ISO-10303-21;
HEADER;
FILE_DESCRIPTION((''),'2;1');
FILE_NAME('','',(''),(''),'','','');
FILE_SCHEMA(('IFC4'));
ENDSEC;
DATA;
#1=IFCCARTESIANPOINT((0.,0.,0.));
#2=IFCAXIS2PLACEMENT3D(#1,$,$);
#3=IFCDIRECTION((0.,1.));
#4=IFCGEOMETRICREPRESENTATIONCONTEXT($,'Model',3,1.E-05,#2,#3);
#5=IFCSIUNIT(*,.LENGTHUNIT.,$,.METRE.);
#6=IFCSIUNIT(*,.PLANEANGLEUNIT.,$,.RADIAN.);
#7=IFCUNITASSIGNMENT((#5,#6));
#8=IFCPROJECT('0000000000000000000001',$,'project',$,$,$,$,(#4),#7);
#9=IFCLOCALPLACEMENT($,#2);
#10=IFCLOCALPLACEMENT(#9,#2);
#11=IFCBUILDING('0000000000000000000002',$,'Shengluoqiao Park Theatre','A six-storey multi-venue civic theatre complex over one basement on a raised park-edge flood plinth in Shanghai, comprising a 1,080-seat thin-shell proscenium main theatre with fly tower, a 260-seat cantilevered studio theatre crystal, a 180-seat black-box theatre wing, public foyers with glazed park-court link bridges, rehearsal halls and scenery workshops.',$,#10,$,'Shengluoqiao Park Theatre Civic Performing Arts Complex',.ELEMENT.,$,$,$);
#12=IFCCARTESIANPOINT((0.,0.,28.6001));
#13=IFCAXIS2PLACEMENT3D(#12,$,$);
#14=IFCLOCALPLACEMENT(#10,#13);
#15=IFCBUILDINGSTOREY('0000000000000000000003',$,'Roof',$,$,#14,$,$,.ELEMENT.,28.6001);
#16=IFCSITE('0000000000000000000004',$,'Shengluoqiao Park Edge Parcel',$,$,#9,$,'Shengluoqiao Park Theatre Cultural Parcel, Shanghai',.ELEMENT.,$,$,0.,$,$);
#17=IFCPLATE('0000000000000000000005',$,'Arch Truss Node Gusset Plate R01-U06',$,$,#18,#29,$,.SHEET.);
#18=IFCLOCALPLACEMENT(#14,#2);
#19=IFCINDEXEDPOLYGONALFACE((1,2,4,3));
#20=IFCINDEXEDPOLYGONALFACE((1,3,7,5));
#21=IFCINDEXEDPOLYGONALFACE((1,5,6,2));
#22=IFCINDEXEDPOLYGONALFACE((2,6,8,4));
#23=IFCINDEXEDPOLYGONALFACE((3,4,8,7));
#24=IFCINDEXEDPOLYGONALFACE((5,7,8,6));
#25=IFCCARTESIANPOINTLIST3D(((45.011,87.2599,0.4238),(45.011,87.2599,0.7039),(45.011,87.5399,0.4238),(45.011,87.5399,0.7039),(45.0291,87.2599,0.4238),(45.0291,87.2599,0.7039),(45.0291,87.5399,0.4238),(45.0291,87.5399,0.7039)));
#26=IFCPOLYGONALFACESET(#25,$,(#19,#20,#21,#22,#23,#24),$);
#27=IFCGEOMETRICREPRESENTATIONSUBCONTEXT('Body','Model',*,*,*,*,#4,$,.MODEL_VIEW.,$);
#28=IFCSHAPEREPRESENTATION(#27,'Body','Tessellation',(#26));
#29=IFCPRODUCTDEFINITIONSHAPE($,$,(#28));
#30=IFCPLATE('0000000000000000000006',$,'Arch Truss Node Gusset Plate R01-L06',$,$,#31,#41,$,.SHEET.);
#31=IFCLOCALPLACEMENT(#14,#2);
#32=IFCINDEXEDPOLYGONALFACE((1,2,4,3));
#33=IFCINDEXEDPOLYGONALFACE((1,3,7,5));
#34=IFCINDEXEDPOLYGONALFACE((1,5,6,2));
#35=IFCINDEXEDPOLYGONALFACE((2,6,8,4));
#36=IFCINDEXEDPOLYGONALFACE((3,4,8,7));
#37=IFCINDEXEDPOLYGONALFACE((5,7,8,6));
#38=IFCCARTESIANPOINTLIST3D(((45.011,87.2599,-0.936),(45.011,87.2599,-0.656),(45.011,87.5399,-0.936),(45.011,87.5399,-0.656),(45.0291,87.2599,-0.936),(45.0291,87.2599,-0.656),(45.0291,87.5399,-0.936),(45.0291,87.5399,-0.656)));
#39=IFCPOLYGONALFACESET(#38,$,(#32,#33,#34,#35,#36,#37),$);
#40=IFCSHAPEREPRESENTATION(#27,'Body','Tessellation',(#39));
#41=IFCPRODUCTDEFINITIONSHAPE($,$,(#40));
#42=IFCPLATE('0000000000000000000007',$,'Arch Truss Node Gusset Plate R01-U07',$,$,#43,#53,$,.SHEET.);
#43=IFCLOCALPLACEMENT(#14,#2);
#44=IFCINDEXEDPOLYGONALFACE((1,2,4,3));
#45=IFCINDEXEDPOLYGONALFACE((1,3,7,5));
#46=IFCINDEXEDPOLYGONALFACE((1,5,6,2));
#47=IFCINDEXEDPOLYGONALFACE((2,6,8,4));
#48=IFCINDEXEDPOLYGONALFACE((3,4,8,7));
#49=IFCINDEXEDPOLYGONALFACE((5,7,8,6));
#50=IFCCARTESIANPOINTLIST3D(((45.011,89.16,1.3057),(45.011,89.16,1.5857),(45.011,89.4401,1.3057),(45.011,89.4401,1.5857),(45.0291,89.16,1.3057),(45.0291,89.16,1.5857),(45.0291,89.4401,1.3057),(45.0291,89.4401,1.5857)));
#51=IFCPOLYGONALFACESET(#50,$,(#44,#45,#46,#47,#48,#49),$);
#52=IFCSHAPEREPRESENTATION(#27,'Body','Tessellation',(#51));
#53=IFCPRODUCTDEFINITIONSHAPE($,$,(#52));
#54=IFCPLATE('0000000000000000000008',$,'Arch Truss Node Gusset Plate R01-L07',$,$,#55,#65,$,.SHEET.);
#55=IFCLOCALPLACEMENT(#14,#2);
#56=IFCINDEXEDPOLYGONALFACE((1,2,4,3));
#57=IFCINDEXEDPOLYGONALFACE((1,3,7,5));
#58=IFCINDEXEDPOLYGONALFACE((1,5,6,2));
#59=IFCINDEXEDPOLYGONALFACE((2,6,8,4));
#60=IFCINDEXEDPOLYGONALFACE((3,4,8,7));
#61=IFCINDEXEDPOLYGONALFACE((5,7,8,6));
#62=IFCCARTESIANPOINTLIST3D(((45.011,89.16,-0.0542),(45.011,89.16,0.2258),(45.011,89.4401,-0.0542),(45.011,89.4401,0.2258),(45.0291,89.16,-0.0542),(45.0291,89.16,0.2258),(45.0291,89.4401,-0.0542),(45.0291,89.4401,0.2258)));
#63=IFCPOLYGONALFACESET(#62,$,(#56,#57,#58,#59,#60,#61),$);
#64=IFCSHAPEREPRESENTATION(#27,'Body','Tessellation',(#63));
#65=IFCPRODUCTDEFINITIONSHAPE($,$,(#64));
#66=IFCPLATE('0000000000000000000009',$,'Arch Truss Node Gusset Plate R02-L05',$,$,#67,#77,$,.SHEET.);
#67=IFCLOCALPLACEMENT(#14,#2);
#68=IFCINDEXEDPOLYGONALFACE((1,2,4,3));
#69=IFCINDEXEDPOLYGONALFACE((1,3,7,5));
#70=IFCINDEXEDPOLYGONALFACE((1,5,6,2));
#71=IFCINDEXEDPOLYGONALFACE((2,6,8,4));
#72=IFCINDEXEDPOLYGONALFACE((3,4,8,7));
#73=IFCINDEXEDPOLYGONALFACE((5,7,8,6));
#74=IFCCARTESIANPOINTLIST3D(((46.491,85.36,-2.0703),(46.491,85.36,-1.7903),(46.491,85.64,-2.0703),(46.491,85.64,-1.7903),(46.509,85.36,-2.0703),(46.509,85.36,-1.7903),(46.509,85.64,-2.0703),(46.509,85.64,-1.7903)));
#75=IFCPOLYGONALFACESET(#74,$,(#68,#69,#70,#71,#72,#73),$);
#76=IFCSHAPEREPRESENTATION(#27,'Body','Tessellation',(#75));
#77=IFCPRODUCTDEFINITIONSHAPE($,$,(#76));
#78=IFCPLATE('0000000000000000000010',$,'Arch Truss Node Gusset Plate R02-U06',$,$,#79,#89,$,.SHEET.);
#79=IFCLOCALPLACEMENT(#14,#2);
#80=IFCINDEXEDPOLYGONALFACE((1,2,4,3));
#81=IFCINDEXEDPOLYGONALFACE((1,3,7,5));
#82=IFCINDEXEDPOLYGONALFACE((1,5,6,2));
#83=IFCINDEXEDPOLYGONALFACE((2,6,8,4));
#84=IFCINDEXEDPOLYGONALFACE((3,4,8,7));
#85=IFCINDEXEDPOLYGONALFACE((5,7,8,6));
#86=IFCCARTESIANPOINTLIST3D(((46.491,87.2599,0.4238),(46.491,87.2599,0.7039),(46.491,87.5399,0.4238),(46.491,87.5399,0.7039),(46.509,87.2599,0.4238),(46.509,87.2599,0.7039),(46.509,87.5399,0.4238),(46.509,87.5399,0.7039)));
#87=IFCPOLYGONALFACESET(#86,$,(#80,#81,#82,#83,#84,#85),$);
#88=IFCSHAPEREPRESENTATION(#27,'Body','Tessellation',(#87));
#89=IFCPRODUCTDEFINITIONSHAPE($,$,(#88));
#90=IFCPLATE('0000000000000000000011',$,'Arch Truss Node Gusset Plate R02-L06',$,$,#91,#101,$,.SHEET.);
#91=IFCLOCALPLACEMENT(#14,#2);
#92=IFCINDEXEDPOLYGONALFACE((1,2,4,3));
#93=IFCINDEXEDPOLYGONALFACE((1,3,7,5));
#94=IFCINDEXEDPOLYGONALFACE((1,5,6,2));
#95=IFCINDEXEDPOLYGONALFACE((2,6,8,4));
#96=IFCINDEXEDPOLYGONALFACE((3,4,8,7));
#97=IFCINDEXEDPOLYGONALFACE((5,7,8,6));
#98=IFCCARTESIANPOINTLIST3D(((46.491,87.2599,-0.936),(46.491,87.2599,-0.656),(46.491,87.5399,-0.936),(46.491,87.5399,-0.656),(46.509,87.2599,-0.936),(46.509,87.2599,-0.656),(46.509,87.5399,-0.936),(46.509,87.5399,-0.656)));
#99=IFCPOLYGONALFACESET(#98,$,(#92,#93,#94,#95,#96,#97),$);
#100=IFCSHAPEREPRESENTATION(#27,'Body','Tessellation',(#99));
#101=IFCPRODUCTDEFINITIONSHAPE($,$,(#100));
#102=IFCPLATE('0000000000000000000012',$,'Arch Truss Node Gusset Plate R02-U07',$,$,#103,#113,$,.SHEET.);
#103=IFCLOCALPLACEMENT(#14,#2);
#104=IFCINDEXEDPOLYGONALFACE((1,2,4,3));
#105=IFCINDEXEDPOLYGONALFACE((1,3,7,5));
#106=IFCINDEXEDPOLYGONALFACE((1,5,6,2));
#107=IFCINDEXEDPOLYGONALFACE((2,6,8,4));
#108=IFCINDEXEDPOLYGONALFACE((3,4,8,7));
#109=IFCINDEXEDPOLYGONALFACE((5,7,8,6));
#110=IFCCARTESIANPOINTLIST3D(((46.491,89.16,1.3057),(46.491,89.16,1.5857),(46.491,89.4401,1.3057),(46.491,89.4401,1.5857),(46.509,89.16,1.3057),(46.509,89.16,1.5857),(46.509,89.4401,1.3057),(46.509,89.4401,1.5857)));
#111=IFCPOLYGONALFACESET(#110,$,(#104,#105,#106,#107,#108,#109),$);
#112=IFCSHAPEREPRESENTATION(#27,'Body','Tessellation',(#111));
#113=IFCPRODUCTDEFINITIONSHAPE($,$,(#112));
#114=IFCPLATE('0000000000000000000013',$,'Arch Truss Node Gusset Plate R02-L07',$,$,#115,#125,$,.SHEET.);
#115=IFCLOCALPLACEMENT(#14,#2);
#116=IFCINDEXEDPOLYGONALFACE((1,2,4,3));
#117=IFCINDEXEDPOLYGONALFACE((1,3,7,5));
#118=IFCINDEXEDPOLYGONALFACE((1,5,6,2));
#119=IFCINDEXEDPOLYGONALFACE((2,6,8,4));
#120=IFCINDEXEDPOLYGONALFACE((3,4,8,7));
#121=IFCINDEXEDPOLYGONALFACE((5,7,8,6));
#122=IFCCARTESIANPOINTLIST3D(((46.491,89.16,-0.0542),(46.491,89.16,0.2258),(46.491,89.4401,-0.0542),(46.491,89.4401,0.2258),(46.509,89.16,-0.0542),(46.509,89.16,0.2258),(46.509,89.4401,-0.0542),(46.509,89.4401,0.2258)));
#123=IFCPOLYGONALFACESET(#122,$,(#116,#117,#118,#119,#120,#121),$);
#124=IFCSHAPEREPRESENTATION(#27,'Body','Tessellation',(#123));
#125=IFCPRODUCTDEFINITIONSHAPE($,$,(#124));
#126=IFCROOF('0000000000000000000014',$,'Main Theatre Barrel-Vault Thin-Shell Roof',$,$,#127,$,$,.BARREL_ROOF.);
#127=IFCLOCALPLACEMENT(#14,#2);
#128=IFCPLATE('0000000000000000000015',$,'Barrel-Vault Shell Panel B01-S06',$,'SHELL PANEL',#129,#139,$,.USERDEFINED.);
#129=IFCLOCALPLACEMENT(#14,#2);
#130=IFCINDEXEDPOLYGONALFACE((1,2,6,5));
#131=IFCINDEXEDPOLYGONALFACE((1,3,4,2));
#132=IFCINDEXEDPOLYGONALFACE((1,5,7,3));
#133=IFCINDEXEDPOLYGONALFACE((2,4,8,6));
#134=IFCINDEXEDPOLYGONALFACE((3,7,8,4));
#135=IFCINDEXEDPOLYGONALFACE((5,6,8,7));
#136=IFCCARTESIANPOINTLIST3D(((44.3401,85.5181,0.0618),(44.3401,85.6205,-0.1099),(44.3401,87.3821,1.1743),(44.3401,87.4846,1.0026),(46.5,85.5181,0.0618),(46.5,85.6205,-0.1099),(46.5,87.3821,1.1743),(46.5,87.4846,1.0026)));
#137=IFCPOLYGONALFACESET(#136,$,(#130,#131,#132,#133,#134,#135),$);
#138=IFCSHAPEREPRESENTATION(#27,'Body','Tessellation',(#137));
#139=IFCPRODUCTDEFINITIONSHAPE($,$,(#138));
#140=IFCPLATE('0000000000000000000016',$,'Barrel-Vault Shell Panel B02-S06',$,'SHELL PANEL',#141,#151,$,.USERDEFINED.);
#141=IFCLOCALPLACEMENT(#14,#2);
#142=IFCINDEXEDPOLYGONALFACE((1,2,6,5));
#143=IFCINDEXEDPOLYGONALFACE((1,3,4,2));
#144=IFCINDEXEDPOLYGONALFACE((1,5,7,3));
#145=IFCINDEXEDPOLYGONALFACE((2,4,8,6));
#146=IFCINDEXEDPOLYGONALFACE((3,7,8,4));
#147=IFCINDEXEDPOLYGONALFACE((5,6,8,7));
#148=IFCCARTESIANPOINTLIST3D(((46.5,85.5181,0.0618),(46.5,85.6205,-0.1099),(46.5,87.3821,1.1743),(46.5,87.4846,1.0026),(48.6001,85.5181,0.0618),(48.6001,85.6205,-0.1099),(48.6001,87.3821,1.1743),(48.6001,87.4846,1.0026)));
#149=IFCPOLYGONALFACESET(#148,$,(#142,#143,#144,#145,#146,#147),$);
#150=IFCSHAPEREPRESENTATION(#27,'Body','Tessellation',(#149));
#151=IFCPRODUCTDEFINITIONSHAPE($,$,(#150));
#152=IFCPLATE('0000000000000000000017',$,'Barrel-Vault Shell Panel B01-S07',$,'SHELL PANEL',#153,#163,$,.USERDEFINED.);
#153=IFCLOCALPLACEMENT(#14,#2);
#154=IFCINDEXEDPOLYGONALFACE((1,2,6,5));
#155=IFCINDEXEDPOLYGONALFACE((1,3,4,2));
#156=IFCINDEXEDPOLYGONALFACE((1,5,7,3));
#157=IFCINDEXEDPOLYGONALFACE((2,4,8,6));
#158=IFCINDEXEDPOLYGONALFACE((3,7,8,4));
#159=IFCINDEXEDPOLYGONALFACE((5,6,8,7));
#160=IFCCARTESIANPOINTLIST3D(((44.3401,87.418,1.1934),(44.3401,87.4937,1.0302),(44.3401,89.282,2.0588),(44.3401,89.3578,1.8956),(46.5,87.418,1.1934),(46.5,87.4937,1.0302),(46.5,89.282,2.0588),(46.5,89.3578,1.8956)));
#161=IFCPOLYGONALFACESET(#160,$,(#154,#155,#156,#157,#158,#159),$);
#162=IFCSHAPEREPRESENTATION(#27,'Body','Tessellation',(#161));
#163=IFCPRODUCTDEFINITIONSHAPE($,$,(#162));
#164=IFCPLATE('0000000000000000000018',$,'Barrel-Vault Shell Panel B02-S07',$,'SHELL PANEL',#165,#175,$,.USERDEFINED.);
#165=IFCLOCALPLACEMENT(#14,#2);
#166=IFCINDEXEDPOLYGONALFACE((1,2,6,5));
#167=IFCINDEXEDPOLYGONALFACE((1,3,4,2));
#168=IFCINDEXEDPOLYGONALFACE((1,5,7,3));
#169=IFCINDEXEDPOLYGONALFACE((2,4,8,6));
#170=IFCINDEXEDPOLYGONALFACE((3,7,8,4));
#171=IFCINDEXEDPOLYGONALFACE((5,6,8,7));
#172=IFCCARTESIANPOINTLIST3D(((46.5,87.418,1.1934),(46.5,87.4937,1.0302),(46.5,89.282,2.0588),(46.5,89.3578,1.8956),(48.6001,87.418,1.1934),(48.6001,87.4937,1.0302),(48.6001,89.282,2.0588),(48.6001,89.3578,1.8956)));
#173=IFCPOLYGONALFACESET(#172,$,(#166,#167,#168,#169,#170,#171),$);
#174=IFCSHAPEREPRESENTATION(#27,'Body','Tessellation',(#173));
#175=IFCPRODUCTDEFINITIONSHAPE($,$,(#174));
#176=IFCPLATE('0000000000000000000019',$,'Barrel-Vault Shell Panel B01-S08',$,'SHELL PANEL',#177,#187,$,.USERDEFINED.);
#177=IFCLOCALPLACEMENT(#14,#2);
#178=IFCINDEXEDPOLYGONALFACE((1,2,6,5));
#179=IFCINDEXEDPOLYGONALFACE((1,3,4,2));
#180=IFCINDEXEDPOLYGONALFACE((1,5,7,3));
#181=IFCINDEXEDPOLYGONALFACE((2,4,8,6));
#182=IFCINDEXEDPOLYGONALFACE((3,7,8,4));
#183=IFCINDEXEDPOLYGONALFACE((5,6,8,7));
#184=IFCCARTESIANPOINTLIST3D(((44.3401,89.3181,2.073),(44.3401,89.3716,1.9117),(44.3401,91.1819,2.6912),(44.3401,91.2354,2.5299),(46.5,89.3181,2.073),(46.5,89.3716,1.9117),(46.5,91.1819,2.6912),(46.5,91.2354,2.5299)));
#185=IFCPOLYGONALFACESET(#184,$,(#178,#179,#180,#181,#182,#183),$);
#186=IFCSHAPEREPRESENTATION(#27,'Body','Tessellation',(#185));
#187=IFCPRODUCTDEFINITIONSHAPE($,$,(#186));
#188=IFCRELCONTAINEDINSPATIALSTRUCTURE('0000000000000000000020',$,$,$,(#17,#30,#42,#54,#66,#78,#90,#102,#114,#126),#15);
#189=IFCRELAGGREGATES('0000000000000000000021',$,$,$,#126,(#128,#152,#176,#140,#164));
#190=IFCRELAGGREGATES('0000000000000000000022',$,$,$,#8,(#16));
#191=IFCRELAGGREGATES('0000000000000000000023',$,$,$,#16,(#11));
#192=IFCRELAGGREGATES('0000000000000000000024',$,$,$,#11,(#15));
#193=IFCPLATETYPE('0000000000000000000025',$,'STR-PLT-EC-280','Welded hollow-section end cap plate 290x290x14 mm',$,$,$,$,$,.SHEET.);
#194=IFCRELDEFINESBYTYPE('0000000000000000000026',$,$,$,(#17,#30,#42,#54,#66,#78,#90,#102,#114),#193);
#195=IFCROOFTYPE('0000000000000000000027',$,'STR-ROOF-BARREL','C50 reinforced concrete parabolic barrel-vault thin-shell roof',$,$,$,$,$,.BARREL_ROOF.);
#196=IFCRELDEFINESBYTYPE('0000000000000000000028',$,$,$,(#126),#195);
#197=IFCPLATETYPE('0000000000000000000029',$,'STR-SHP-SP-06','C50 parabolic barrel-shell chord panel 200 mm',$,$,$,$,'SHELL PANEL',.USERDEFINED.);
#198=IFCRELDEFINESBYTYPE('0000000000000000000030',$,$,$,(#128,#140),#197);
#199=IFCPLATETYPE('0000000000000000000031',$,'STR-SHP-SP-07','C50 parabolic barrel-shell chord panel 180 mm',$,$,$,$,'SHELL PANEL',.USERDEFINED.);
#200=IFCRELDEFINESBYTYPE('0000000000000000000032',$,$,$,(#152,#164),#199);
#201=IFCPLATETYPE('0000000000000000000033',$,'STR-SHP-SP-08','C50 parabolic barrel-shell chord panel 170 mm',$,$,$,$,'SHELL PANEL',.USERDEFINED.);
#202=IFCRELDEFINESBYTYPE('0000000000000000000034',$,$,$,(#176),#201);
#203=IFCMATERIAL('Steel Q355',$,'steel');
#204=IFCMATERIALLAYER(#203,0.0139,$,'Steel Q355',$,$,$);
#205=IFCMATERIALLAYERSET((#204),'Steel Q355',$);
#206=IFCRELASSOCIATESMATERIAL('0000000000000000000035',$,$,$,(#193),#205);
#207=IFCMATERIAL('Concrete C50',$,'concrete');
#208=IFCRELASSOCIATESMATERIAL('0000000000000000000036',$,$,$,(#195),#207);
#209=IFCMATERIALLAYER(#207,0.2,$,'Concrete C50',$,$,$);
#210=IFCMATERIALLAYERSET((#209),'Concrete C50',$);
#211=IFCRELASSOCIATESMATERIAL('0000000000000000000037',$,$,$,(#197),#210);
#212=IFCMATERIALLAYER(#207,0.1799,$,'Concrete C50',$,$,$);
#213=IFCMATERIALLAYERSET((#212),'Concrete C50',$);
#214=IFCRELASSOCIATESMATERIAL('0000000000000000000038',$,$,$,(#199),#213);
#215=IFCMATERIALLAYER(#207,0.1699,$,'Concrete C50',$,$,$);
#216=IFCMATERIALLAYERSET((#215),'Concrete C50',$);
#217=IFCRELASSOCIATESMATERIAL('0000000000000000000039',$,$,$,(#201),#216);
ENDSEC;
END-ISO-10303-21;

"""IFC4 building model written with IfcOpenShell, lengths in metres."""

from ifc_helpers import new_model, si_unit, direction, frame, origin, origin_2d, place, context, subcontext, project, spatial, polyline, rectangle, outline, extrude, material, layer, layer_set, type_object, element, aggregate, save


model = new_model("IFC4")

# Units and contexts
model_context = context("Model", 3, precision=1e-05, world=origin(), true_north=direction((0.0, 1.0)))
body_context = subcontext(model_context, "Body", "Model", "MODEL_VIEW")
ifc_project = project(units=[si_unit("LENGTHUNIT", "METRE"), si_unit("PLANEANGLEUNIT", "RADIAN")], contexts=[model_context])

# Site, building, storey
site_placement = place(None, origin())
site = spatial("IfcSite", under=ifc_project, at=site_placement, Name="Shengluoqiao Park Edge Parcel", LongName="Shengluoqiao Park Theatre Cultural Parcel, Shanghai", CompositionType="ELEMENT", RefElevation=0.0)
building_placement = place(site_placement, origin())
building = spatial("IfcBuilding", under=site, at=building_placement, Name="Shengluoqiao Park Theatre", Description="A six-storey multi-venue civic theatre complex over one basement on a raised park-edge flood plinth in Shanghai, comprising a 1,080-seat thin-shell proscenium main theatre with fly tower, a 260-seat cantilevered studio theatre crystal, a 180-seat black-box theatre wing, public foyers with glazed park-court link bridges, rehearsal halls and scenery workshops.", LongName="Shengluoqiao Park Theatre Civic Performing Arts Complex", CompositionType="ELEMENT")
storey_placement = place(building_placement, frame((0.0, 0.0, 28.6001)))
storey = spatial("IfcBuildingStorey", under=building, at=storey_placement, Name="Roof", CompositionType="ELEMENT", Elevation=28.6001)

# Shared definitions
ifc_material_1 = material(Name="Concrete C50", Category="concrete")
ifc_material_2 = material(Name="Steel Q355", Category="steel")

# Plates
ifc_layer_1 = layer(ifc_material_2, 0.0139, Name="Steel Q355")
ifc_layer_set_1 = layer_set([ifc_layer_1], Name="Steel Q355")
plate_type_1 = type_object("IfcPlateType", Name="STR-PLT-EC-280", Description="Welded hollow-section end cap plate 290x290x14 mm", PredefinedType="SHEET", material=ifc_layer_set_1)
for number, where, z_axis, x_axis, name in (
    (1, (45.02, 87.3999, 0.4238), (0.0, 0.0, 1.0), (1.0, 0.0, 0.0), "Arch Truss Node Gusset Plate R01-U06"),
    (2, (45.02, 87.3999, -0.936), (0.0, 0.0, 1.0), (1.0, 0.0, 0.0), "Arch Truss Node Gusset Plate R01-L06"),
    (3, (45.02, 89.3, 1.3057), (0.0, 0.0, 1.0), (1.0, 0.0, 0.0), "Arch Truss Node Gusset Plate R01-U07"),
    (4, (45.02, 89.3, -0.0542), (0.0, 0.0, 1.0), (1.0, 0.0, 0.0), "Arch Truss Node Gusset Plate R01-L07"),
    (5, (46.5, 85.5, -2.0703), (0.0, 0.0, 1.0), (1.0, 0.0, 0.0), "Arch Truss Node Gusset Plate R02-L05"),
    (6, (46.5, 87.3999, 0.4238), (0.0, 0.0, 1.0), (1.0, 0.0, 0.0), "Arch Truss Node Gusset Plate R02-U06"),
    (7, (46.5, 87.3999, -0.936), (0.0, 0.0, 1.0), (1.0, 0.0, 0.0), "Arch Truss Node Gusset Plate R02-L06"),
    (8, (46.5, 89.3, 1.3057), (0.0, 0.0, 1.0), (1.0, 0.0, 0.0), "Arch Truss Node Gusset Plate R02-U07"),
    (9, (46.5, 89.3, -0.0542), (0.0, 0.0, 1.0), (1.0, 0.0, 0.0), "Arch Truss Node Gusset Plate R02-L07"),
):
    element("IfcPlate", number, at=place(storey_placement, frame(where, z_axis=z_axis, x_axis=x_axis)), inside=storey, type_object=plate_type_1, Name=name, PredefinedType="SHEET", context=body_context, shape_type="SweptSolid", body=[
        extrude(rectangle(XDim=0.0181, YDim=0.28, at=origin_2d()), origin(), (0.0, 0.0, 1.0), 0.28),
    ])

# Roof, plates
roof_type = type_object("IfcRoofType", Name="STR-ROOF-BARREL", Description="C50 reinforced concrete parabolic barrel-vault thin-shell roof", PredefinedType="BARREL_ROOF", material=ifc_material_1)
roof_placement = place(storey_placement, origin())
roof = element("IfcRoof", 10, at=roof_placement, inside=storey, type_object=roof_type, Name="Main Theatre Barrel-Vault Thin-Shell Roof", PredefinedType="BARREL_ROOF")
ifc_layer_2 = layer(ifc_material_1, 0.2, Name="Concrete C50")
ifc_layer_set_2 = layer_set([ifc_layer_2], Name="Concrete C50")
plate_type_2 = type_object("IfcPlateType", Name="STR-SHP-SP-06", Description="C50 parabolic barrel-shell chord panel 200 mm", ElementType="SHELL PANEL", PredefinedType="USERDEFINED", material=ifc_layer_set_2)
plate_1_placement = place(storey_placement, frame((44.3401, 85.5181, 0.0618), z_axis=(0.0, -0.51251, 0.858681), x_axis=(1.0, 0.0, 0.0)))
plate_1 = element("IfcPlate", 11, at=plate_1_placement, type_object=plate_type_2, Name="Barrel-Vault Shell Panel B01-S06", ObjectType="SHELL PANEL", PredefinedType="USERDEFINED", context=body_context, shape_type="SweptSolid", body=[
    extrude(outline(polyline([(0.0, 0.0), (2.1599, 0.0), (2.1599, 2.1708), (0.0, 2.1708), (0.0, 0.0)])), origin(), (0.0, 0.0, -1.0), 0.2),
])
plate_2_placement = place(storey_placement, frame((46.5, 85.5181, 0.0618), z_axis=(0.0, -0.51251, 0.858681), x_axis=(1.0, 0.0, 0.0)))
plate_2 = element("IfcPlate", 12, at=plate_2_placement, type_object=plate_type_2, Name="Barrel-Vault Shell Panel B02-S06", ObjectType="SHELL PANEL", PredefinedType="USERDEFINED", context=body_context, shape_type="SweptSolid", body=[
    extrude(outline(polyline([(0.0, 0.0), (2.1001, 0.0), (2.1001, 2.1708), (0.0, 2.1708), (0.0, 0.0)])), origin(), (0.0, 0.0, -1.0), 0.2),
])
ifc_layer_3 = layer(ifc_material_1, 0.1799, Name="Concrete C50")
ifc_layer_set_3 = layer_set([ifc_layer_3], Name="Concrete C50")
plate_type_3 = type_object("IfcPlateType", Name="STR-SHP-SP-07", Description="C50 parabolic barrel-shell chord panel 180 mm", ElementType="SHELL PANEL", PredefinedType="USERDEFINED", material=ifc_layer_set_3)
plate_3_placement = place(storey_placement, frame((44.3401, 87.418, 1.1934), z_axis=(0.0, -0.421129, 0.907001), x_axis=(1.0, 0.0, 0.0)))
plate_3 = element("IfcPlate", 13, at=plate_3_placement, type_object=plate_type_3, Name="Barrel-Vault Shell Panel B01-S07", ObjectType="SHELL PANEL", PredefinedType="USERDEFINED", context=body_context, shape_type="SweptSolid", body=[
    extrude(outline(polyline([(0.0, 0.0), (2.1599, 0.0), (2.1599, 2.0551), (0.0, 2.0551), (0.0, 0.0)])), origin(), (0.0, 0.0, -1.0), 0.1799),
])
plate_4_placement = place(storey_placement, frame((46.5, 87.418, 1.1934), z_axis=(0.0, -0.421129, 0.907001), x_axis=(1.0, 0.0, 0.0)))
plate_4 = element("IfcPlate", 14, at=plate_4_placement, type_object=plate_type_3, Name="Barrel-Vault Shell Panel B02-S07", ObjectType="SHELL PANEL", PredefinedType="USERDEFINED", context=body_context, shape_type="SweptSolid", body=[
    extrude(outline(polyline([(0.0, 0.0), (2.1001, 0.0), (2.1001, 2.0551), (0.0, 2.0551), (0.0, 0.0)])), origin(), (0.0, 0.0, -1.0), 0.1799),
])
ifc_layer_4 = layer(ifc_material_1, 0.1699, Name="Concrete C50")
ifc_layer_set_4 = layer_set([ifc_layer_4], Name="Concrete C50")
plate_type_4 = type_object("IfcPlateType", Name="STR-SHP-SP-08", Description="C50 parabolic barrel-shell chord panel 170 mm", ElementType="SHELL PANEL", PredefinedType="USERDEFINED", material=ifc_layer_set_4)
plate_5_placement = place(storey_placement, frame((44.3401, 89.3181, 2.073), z_axis=(0.0, -0.31481, 0.949155), x_axis=(1.0, 0.0, 0.0)))
plate_5 = element("IfcPlate", 15, at=plate_5_placement, type_object=plate_type_4, Name="Barrel-Vault Shell Panel B01-S08", ObjectType="SHELL PANEL", PredefinedType="USERDEFINED", context=body_context, shape_type="SweptSolid", body=[
    extrude(outline(polyline([(0.0, 0.0), (2.1599, 0.0), (2.1599, 1.9636), (0.0, 1.9636), (0.0, 0.0)])), origin(), (0.0, 0.0, -1.0), 0.1699),
])
aggregate(roof, [plate_1, plate_3, plate_5, plate_2, plate_4])

save(model, "model.ifc")
